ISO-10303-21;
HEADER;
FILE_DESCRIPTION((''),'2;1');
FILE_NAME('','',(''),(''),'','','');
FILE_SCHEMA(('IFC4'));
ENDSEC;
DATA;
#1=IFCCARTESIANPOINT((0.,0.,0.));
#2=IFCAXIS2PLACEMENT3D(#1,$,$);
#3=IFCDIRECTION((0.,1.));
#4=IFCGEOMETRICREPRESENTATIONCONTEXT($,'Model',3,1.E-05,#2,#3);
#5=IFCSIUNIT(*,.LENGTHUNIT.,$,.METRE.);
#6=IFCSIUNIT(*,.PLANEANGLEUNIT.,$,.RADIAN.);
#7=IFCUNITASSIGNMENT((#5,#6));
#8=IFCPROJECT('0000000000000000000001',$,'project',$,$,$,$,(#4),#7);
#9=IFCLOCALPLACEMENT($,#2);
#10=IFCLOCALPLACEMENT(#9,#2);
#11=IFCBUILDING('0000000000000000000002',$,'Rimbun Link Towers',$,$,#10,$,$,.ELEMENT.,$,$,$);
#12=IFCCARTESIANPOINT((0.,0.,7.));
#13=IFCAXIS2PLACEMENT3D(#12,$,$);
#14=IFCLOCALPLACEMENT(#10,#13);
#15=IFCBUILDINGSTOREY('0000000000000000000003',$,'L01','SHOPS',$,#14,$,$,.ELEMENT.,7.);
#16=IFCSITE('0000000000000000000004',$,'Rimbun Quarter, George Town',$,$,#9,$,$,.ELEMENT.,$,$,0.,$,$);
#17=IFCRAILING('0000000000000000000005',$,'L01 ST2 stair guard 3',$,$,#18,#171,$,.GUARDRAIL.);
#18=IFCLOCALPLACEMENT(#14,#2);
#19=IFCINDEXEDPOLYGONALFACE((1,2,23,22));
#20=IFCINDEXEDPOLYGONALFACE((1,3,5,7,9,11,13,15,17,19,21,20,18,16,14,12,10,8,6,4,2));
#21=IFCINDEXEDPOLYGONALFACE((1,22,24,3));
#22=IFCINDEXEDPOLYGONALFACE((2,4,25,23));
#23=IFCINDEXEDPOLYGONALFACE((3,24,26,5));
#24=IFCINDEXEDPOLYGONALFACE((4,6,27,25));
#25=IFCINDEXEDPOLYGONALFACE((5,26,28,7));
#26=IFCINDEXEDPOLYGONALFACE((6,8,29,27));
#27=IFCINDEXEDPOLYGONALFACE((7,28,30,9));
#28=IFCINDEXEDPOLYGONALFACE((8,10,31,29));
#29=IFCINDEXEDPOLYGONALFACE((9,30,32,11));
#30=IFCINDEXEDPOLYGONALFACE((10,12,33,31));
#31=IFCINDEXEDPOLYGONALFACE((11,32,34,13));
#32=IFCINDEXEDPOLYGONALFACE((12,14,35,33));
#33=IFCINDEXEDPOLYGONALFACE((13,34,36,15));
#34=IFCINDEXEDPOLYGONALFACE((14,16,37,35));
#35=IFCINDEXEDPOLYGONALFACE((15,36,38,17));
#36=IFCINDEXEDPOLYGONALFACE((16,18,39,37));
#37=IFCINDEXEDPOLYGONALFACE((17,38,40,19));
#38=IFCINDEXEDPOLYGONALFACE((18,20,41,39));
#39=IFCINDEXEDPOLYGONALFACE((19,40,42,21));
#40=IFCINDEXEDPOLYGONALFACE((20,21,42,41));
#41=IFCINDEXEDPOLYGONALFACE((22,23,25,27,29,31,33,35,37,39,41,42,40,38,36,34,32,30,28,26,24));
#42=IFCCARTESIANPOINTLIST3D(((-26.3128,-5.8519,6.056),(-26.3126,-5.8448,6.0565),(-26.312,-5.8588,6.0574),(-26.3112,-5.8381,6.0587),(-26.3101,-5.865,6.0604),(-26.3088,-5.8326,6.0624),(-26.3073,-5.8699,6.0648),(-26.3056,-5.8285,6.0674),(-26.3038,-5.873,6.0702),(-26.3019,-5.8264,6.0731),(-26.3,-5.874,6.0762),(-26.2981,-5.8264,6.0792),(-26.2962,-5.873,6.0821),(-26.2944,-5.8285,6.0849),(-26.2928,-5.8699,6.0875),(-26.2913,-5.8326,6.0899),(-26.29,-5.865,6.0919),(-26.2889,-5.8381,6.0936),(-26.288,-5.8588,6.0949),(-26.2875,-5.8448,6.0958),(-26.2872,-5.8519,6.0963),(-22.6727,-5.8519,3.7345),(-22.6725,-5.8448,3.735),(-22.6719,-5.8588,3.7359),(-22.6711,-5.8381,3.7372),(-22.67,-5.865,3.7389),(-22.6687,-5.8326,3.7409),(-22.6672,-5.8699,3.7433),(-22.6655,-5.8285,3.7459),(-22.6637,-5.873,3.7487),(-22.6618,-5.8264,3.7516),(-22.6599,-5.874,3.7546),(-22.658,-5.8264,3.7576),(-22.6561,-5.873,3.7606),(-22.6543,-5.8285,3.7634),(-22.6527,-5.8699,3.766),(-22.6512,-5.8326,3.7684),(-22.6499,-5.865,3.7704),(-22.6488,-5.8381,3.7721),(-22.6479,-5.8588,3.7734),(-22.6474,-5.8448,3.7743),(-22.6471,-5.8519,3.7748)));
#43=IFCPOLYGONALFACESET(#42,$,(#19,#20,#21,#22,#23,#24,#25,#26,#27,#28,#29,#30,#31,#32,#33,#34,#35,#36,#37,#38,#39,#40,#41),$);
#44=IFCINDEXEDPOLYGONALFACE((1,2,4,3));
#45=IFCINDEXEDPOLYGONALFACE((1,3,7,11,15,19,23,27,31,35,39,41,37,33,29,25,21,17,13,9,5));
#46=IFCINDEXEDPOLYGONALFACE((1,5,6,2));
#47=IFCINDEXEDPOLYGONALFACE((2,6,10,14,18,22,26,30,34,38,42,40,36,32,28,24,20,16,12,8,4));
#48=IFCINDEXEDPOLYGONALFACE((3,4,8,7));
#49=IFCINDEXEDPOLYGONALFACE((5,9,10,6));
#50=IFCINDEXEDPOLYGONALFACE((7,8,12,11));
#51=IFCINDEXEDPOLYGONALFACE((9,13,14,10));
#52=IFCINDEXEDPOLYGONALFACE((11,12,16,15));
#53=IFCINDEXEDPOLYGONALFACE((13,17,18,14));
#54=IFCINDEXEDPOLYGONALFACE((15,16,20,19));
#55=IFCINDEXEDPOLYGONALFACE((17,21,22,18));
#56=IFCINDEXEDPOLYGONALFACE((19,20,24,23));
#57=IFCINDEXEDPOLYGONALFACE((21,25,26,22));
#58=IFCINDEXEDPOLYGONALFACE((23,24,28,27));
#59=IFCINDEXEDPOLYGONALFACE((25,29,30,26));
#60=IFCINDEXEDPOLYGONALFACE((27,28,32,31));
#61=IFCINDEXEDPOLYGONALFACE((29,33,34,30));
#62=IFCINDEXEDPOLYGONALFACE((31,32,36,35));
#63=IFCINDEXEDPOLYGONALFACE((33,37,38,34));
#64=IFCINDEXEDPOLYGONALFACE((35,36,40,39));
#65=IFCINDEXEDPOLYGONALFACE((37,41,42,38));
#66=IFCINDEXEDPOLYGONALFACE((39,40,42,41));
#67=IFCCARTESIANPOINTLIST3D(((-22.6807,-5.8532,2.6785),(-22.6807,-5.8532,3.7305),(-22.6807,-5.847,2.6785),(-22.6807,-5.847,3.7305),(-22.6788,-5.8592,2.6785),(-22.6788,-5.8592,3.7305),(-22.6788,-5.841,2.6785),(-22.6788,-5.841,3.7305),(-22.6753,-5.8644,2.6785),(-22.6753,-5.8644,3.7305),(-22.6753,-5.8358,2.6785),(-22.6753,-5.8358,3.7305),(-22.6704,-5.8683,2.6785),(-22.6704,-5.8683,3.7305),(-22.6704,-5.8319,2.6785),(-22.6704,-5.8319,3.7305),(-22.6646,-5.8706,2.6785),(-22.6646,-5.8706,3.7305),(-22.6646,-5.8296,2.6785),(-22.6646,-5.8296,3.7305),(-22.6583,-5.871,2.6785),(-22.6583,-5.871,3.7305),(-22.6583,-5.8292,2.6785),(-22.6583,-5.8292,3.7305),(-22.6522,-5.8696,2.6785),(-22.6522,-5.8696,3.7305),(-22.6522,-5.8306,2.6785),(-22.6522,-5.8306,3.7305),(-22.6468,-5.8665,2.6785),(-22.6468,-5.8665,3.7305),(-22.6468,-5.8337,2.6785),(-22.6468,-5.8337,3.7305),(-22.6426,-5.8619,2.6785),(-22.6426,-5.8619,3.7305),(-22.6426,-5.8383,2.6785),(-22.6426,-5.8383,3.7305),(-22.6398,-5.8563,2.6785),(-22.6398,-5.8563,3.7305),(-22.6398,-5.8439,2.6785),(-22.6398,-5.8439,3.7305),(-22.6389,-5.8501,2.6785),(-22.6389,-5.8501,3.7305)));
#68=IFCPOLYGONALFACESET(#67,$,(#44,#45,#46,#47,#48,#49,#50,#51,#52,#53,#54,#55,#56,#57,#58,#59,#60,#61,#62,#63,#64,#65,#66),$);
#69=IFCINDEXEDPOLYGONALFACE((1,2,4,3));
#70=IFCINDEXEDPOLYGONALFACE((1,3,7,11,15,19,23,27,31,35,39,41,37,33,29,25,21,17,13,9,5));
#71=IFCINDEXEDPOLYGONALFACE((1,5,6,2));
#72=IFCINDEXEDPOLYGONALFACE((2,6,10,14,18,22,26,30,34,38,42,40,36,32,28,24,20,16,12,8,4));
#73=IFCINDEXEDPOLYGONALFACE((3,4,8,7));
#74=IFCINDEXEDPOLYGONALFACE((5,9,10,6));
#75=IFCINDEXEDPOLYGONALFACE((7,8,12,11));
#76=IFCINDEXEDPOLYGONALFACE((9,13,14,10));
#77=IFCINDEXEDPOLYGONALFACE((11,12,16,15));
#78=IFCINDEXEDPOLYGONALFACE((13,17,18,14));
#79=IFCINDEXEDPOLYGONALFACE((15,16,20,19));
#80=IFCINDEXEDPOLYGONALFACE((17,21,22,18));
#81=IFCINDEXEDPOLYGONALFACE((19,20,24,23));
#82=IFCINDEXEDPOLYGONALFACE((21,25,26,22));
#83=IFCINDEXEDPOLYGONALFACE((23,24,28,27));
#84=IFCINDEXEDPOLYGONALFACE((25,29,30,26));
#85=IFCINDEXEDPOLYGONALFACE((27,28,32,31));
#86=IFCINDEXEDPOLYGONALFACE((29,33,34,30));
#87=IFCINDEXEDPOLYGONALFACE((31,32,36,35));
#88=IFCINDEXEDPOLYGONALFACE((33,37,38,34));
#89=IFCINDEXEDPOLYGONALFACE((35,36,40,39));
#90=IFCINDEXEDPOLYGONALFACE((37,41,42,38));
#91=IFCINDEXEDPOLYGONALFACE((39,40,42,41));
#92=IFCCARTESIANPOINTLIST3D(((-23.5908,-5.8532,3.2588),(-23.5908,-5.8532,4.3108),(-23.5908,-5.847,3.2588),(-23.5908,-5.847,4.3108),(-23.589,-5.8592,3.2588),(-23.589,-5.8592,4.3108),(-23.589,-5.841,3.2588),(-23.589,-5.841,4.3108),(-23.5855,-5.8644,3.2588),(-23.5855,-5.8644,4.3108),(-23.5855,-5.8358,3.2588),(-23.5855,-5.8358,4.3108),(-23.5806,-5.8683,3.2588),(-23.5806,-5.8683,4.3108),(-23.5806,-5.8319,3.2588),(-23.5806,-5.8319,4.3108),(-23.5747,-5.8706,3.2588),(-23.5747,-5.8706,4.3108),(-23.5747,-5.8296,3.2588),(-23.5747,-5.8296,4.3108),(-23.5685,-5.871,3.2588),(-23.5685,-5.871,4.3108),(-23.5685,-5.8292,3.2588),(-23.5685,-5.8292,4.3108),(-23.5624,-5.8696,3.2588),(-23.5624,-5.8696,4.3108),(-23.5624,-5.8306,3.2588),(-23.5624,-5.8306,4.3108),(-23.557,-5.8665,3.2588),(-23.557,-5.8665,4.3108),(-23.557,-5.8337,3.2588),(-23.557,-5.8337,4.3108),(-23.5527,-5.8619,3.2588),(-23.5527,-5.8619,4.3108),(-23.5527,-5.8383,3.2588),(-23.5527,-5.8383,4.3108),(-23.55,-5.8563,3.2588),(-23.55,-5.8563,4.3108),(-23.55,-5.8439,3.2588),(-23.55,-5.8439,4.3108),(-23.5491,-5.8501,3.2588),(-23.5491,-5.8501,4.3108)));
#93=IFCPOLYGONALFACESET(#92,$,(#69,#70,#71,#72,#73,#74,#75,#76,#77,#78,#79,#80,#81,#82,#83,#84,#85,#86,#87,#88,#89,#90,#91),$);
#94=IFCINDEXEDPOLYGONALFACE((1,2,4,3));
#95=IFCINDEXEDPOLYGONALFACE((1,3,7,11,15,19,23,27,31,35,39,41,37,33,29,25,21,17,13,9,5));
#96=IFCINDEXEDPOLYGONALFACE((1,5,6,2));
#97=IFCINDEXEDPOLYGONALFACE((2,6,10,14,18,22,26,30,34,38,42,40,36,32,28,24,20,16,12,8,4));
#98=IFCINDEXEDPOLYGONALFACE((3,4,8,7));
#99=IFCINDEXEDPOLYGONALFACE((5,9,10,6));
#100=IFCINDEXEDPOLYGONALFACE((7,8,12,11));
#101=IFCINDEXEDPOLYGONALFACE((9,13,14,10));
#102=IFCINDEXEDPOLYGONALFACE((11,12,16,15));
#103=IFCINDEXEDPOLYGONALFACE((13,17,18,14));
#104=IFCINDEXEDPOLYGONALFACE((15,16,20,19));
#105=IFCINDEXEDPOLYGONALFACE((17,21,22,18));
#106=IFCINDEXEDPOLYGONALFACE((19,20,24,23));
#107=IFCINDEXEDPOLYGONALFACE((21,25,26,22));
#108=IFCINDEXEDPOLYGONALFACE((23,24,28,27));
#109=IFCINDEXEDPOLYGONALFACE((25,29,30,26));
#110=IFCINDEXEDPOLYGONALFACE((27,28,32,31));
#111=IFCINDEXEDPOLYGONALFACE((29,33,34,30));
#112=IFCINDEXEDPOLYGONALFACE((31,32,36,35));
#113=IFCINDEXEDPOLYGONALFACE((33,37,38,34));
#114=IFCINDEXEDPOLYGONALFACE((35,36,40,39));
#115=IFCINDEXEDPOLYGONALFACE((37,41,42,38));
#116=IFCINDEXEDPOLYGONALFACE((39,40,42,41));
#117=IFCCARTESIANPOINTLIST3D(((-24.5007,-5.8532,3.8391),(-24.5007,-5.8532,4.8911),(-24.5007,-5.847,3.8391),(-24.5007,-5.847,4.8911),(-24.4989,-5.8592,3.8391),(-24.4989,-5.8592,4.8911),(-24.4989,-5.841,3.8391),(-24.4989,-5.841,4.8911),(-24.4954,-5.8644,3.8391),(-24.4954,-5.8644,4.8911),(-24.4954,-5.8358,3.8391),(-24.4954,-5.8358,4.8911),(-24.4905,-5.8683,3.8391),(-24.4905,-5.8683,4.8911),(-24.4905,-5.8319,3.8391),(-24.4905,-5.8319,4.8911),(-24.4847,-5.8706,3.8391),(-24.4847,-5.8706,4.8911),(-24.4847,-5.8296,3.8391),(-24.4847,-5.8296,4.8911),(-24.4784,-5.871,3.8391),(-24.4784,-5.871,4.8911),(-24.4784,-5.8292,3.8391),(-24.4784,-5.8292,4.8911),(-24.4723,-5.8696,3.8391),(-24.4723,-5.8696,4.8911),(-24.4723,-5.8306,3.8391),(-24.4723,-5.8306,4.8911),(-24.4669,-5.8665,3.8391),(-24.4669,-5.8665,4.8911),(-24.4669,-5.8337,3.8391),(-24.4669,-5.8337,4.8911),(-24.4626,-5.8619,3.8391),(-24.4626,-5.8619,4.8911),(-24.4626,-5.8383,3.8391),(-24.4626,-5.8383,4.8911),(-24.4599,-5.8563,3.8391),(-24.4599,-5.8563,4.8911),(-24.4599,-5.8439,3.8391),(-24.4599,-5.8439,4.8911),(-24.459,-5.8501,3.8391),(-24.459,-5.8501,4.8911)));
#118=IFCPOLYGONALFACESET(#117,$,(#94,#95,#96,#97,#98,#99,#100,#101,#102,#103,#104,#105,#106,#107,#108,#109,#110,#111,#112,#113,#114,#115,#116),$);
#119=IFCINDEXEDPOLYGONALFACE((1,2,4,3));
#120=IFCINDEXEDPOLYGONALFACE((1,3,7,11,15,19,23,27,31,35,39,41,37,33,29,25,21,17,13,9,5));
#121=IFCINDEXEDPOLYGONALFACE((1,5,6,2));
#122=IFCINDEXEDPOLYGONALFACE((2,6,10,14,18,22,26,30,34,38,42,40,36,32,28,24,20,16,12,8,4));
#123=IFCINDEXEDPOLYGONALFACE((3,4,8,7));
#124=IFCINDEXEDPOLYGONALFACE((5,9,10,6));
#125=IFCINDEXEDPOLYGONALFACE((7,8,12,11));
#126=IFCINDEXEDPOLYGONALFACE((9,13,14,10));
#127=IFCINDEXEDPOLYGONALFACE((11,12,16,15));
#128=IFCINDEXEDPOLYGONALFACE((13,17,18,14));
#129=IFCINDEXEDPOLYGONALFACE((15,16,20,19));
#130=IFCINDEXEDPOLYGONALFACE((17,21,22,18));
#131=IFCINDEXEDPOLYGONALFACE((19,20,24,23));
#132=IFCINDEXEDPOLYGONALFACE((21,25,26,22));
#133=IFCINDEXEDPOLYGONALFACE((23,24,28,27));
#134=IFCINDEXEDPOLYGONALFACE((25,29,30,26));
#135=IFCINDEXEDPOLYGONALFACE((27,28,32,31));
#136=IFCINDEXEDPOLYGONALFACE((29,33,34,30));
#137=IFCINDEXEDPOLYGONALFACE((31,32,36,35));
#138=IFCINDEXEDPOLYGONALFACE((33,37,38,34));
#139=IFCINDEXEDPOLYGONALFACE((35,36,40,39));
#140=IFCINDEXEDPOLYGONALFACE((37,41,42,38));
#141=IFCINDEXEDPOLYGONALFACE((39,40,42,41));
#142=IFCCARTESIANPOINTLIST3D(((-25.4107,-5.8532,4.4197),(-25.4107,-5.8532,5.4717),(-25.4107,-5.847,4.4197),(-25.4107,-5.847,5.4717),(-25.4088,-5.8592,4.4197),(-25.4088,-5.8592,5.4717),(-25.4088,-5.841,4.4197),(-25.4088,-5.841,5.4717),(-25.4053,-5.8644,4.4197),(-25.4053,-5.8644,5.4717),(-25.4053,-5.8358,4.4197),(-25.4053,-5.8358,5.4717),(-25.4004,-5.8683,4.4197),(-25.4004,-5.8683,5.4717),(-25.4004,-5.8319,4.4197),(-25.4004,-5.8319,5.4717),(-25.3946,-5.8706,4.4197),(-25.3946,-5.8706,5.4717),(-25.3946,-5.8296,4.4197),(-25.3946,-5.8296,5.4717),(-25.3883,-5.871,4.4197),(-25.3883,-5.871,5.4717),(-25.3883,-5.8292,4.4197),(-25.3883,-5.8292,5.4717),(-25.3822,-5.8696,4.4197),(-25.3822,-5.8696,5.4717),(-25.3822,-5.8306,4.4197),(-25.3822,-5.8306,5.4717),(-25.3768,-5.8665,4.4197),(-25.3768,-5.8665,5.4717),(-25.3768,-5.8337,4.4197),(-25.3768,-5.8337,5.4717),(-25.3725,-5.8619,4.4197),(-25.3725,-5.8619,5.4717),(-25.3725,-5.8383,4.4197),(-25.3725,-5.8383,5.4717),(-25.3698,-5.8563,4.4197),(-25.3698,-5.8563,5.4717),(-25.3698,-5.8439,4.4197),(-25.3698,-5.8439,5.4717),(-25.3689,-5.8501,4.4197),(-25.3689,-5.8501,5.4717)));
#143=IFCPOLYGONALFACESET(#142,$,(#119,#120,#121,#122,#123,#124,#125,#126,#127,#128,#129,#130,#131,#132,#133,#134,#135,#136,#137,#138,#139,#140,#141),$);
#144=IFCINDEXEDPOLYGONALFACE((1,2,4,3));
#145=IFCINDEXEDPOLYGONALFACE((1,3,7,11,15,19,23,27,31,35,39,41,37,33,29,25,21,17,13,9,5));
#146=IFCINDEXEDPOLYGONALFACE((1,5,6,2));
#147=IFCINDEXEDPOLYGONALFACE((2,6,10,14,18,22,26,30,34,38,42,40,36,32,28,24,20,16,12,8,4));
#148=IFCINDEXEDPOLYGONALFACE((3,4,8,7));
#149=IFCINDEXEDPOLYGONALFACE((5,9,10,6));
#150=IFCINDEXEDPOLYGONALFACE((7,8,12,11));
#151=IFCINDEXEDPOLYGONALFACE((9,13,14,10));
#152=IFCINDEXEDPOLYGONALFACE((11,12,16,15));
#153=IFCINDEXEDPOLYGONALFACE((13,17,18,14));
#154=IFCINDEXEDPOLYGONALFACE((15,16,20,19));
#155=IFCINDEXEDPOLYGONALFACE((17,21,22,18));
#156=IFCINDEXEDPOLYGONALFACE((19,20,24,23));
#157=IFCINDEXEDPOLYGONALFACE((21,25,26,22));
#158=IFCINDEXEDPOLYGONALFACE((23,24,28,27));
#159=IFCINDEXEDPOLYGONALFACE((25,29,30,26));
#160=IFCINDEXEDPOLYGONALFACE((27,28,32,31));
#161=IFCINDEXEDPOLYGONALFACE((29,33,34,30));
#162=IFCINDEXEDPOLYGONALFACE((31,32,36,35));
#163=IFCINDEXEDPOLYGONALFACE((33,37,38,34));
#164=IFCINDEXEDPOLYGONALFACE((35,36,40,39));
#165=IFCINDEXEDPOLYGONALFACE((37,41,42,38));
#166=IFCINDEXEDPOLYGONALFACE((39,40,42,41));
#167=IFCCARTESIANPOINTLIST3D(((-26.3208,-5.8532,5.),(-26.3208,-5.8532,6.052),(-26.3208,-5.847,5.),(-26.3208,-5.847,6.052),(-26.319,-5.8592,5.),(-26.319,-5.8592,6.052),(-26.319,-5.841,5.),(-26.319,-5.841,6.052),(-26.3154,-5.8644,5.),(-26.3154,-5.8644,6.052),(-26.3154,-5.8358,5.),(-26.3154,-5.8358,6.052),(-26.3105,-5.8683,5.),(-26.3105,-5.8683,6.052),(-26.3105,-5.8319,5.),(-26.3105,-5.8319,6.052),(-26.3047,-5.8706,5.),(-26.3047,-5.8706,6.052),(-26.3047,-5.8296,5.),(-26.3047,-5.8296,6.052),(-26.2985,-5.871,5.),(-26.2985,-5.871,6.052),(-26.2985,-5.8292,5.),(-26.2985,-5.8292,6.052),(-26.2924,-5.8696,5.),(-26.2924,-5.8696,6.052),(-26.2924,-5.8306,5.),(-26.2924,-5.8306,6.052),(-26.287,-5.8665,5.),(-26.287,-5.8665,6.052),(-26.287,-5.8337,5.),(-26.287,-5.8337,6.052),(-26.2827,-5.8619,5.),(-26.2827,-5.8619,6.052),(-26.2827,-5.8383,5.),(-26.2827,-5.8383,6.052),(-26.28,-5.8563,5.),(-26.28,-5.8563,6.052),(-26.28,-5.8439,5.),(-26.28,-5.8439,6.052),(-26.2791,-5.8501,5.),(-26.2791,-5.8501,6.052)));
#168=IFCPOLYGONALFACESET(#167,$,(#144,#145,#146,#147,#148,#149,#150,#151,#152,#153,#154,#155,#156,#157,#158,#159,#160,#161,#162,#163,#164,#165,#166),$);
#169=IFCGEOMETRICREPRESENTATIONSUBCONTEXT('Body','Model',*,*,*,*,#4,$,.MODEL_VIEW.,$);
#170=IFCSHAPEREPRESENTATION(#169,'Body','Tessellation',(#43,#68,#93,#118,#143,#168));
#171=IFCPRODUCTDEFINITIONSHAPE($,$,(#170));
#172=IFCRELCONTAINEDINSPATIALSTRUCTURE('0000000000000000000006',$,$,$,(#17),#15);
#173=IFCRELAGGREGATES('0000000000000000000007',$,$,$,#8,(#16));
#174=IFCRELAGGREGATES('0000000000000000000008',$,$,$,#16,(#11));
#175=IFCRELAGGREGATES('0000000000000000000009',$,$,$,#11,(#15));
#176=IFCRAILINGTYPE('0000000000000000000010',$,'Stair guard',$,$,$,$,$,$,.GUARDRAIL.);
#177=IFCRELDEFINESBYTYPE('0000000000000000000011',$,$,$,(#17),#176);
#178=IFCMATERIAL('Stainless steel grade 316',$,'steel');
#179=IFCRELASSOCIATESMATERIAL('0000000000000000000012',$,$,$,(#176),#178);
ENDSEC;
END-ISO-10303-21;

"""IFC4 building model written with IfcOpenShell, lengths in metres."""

from ifc_helpers import new_model, si_unit, direction, frame, origin, origin_2d, place, context, subcontext, project, spatial, circle, extrude, material, type_object, element, save


model = new_model("IFC4")

# Units and contexts
model_context = context("Model", 3, precision=1e-05, world=origin(), true_north=direction((0.0, 1.0)))
body_context = subcontext(model_context, "Body", "Model", "MODEL_VIEW")
ifc_project = project(units=[si_unit("LENGTHUNIT", "METRE"), si_unit("PLANEANGLEUNIT", "RADIAN")], contexts=[model_context])

# Site, building, storey
site_placement = place(None, origin())
site = spatial("IfcSite", under=ifc_project, at=site_placement, Name="Rimbun Quarter, George Town", CompositionType="ELEMENT", RefElevation=0.0)
building_placement = place(site_placement, origin())
building = spatial("IfcBuilding", under=site, at=building_placement, Name="Rimbun Link Towers", CompositionType="ELEMENT")
storey_placement = place(building_placement, frame((0.0, 0.0, 7.0)))
storey = spatial("IfcBuildingStorey", under=building, at=storey_placement, Name="L01", Description="SHOPS", CompositionType="ELEMENT", Elevation=7.0)

# Railing
ifc_material_1 = material(Name="Stainless steel grade 316", Category="steel")
railing_type_1 = type_object("IfcRailingType", Name="Stair guard", PredefinedType="GUARDRAIL", material=ifc_material_1)
railing_1_placement = place(storey_placement, frame((-22.6599, -5.8501, 2.6785)))
element("IfcRailing", 1, at=railing_1_placement, inside=storey, type_object=railing_type_1, Name="L01 ST2 stair guard 3", PredefinedType="GUARDRAIL", context=body_context, shape_type="SweptSolid", body=[
    extrude(circle(Radius=0.0239, at=origin_2d()), frame((0.0, 0.0, 1.0762), z_axis=(-0.843128, 0.0, 0.537713), x_axis=(0.0, -1.0, 0.0)), (0.0, 0.0, 1.0), 4.3174),
    extrude(circle(Radius=0.021, at=origin_2d()), origin(), (0.0, 0.0, 1.0), 1.052),
    extrude(circle(Radius=0.021, at=origin_2d()), frame((-0.9102, 0.0, 0.5803)), (0.0, 0.0, 1.0), 1.052),
    extrude(circle(Radius=0.021, at=origin_2d()), frame((-1.8201, 0.0, 1.1606)), (0.0, 0.0, 1.0), 1.052),
    extrude(circle(Radius=0.021, at=origin_2d()), frame((-2.73, 0.0, 1.7412)), (0.0, 0.0, 1.0), 1.052),
    extrude(circle(Radius=0.021, at=origin_2d()), frame((-3.6401, 0.0, 2.3215)), (0.0, 0.0, 1.0), 1.052),
])

save(model, "model.ifc")
